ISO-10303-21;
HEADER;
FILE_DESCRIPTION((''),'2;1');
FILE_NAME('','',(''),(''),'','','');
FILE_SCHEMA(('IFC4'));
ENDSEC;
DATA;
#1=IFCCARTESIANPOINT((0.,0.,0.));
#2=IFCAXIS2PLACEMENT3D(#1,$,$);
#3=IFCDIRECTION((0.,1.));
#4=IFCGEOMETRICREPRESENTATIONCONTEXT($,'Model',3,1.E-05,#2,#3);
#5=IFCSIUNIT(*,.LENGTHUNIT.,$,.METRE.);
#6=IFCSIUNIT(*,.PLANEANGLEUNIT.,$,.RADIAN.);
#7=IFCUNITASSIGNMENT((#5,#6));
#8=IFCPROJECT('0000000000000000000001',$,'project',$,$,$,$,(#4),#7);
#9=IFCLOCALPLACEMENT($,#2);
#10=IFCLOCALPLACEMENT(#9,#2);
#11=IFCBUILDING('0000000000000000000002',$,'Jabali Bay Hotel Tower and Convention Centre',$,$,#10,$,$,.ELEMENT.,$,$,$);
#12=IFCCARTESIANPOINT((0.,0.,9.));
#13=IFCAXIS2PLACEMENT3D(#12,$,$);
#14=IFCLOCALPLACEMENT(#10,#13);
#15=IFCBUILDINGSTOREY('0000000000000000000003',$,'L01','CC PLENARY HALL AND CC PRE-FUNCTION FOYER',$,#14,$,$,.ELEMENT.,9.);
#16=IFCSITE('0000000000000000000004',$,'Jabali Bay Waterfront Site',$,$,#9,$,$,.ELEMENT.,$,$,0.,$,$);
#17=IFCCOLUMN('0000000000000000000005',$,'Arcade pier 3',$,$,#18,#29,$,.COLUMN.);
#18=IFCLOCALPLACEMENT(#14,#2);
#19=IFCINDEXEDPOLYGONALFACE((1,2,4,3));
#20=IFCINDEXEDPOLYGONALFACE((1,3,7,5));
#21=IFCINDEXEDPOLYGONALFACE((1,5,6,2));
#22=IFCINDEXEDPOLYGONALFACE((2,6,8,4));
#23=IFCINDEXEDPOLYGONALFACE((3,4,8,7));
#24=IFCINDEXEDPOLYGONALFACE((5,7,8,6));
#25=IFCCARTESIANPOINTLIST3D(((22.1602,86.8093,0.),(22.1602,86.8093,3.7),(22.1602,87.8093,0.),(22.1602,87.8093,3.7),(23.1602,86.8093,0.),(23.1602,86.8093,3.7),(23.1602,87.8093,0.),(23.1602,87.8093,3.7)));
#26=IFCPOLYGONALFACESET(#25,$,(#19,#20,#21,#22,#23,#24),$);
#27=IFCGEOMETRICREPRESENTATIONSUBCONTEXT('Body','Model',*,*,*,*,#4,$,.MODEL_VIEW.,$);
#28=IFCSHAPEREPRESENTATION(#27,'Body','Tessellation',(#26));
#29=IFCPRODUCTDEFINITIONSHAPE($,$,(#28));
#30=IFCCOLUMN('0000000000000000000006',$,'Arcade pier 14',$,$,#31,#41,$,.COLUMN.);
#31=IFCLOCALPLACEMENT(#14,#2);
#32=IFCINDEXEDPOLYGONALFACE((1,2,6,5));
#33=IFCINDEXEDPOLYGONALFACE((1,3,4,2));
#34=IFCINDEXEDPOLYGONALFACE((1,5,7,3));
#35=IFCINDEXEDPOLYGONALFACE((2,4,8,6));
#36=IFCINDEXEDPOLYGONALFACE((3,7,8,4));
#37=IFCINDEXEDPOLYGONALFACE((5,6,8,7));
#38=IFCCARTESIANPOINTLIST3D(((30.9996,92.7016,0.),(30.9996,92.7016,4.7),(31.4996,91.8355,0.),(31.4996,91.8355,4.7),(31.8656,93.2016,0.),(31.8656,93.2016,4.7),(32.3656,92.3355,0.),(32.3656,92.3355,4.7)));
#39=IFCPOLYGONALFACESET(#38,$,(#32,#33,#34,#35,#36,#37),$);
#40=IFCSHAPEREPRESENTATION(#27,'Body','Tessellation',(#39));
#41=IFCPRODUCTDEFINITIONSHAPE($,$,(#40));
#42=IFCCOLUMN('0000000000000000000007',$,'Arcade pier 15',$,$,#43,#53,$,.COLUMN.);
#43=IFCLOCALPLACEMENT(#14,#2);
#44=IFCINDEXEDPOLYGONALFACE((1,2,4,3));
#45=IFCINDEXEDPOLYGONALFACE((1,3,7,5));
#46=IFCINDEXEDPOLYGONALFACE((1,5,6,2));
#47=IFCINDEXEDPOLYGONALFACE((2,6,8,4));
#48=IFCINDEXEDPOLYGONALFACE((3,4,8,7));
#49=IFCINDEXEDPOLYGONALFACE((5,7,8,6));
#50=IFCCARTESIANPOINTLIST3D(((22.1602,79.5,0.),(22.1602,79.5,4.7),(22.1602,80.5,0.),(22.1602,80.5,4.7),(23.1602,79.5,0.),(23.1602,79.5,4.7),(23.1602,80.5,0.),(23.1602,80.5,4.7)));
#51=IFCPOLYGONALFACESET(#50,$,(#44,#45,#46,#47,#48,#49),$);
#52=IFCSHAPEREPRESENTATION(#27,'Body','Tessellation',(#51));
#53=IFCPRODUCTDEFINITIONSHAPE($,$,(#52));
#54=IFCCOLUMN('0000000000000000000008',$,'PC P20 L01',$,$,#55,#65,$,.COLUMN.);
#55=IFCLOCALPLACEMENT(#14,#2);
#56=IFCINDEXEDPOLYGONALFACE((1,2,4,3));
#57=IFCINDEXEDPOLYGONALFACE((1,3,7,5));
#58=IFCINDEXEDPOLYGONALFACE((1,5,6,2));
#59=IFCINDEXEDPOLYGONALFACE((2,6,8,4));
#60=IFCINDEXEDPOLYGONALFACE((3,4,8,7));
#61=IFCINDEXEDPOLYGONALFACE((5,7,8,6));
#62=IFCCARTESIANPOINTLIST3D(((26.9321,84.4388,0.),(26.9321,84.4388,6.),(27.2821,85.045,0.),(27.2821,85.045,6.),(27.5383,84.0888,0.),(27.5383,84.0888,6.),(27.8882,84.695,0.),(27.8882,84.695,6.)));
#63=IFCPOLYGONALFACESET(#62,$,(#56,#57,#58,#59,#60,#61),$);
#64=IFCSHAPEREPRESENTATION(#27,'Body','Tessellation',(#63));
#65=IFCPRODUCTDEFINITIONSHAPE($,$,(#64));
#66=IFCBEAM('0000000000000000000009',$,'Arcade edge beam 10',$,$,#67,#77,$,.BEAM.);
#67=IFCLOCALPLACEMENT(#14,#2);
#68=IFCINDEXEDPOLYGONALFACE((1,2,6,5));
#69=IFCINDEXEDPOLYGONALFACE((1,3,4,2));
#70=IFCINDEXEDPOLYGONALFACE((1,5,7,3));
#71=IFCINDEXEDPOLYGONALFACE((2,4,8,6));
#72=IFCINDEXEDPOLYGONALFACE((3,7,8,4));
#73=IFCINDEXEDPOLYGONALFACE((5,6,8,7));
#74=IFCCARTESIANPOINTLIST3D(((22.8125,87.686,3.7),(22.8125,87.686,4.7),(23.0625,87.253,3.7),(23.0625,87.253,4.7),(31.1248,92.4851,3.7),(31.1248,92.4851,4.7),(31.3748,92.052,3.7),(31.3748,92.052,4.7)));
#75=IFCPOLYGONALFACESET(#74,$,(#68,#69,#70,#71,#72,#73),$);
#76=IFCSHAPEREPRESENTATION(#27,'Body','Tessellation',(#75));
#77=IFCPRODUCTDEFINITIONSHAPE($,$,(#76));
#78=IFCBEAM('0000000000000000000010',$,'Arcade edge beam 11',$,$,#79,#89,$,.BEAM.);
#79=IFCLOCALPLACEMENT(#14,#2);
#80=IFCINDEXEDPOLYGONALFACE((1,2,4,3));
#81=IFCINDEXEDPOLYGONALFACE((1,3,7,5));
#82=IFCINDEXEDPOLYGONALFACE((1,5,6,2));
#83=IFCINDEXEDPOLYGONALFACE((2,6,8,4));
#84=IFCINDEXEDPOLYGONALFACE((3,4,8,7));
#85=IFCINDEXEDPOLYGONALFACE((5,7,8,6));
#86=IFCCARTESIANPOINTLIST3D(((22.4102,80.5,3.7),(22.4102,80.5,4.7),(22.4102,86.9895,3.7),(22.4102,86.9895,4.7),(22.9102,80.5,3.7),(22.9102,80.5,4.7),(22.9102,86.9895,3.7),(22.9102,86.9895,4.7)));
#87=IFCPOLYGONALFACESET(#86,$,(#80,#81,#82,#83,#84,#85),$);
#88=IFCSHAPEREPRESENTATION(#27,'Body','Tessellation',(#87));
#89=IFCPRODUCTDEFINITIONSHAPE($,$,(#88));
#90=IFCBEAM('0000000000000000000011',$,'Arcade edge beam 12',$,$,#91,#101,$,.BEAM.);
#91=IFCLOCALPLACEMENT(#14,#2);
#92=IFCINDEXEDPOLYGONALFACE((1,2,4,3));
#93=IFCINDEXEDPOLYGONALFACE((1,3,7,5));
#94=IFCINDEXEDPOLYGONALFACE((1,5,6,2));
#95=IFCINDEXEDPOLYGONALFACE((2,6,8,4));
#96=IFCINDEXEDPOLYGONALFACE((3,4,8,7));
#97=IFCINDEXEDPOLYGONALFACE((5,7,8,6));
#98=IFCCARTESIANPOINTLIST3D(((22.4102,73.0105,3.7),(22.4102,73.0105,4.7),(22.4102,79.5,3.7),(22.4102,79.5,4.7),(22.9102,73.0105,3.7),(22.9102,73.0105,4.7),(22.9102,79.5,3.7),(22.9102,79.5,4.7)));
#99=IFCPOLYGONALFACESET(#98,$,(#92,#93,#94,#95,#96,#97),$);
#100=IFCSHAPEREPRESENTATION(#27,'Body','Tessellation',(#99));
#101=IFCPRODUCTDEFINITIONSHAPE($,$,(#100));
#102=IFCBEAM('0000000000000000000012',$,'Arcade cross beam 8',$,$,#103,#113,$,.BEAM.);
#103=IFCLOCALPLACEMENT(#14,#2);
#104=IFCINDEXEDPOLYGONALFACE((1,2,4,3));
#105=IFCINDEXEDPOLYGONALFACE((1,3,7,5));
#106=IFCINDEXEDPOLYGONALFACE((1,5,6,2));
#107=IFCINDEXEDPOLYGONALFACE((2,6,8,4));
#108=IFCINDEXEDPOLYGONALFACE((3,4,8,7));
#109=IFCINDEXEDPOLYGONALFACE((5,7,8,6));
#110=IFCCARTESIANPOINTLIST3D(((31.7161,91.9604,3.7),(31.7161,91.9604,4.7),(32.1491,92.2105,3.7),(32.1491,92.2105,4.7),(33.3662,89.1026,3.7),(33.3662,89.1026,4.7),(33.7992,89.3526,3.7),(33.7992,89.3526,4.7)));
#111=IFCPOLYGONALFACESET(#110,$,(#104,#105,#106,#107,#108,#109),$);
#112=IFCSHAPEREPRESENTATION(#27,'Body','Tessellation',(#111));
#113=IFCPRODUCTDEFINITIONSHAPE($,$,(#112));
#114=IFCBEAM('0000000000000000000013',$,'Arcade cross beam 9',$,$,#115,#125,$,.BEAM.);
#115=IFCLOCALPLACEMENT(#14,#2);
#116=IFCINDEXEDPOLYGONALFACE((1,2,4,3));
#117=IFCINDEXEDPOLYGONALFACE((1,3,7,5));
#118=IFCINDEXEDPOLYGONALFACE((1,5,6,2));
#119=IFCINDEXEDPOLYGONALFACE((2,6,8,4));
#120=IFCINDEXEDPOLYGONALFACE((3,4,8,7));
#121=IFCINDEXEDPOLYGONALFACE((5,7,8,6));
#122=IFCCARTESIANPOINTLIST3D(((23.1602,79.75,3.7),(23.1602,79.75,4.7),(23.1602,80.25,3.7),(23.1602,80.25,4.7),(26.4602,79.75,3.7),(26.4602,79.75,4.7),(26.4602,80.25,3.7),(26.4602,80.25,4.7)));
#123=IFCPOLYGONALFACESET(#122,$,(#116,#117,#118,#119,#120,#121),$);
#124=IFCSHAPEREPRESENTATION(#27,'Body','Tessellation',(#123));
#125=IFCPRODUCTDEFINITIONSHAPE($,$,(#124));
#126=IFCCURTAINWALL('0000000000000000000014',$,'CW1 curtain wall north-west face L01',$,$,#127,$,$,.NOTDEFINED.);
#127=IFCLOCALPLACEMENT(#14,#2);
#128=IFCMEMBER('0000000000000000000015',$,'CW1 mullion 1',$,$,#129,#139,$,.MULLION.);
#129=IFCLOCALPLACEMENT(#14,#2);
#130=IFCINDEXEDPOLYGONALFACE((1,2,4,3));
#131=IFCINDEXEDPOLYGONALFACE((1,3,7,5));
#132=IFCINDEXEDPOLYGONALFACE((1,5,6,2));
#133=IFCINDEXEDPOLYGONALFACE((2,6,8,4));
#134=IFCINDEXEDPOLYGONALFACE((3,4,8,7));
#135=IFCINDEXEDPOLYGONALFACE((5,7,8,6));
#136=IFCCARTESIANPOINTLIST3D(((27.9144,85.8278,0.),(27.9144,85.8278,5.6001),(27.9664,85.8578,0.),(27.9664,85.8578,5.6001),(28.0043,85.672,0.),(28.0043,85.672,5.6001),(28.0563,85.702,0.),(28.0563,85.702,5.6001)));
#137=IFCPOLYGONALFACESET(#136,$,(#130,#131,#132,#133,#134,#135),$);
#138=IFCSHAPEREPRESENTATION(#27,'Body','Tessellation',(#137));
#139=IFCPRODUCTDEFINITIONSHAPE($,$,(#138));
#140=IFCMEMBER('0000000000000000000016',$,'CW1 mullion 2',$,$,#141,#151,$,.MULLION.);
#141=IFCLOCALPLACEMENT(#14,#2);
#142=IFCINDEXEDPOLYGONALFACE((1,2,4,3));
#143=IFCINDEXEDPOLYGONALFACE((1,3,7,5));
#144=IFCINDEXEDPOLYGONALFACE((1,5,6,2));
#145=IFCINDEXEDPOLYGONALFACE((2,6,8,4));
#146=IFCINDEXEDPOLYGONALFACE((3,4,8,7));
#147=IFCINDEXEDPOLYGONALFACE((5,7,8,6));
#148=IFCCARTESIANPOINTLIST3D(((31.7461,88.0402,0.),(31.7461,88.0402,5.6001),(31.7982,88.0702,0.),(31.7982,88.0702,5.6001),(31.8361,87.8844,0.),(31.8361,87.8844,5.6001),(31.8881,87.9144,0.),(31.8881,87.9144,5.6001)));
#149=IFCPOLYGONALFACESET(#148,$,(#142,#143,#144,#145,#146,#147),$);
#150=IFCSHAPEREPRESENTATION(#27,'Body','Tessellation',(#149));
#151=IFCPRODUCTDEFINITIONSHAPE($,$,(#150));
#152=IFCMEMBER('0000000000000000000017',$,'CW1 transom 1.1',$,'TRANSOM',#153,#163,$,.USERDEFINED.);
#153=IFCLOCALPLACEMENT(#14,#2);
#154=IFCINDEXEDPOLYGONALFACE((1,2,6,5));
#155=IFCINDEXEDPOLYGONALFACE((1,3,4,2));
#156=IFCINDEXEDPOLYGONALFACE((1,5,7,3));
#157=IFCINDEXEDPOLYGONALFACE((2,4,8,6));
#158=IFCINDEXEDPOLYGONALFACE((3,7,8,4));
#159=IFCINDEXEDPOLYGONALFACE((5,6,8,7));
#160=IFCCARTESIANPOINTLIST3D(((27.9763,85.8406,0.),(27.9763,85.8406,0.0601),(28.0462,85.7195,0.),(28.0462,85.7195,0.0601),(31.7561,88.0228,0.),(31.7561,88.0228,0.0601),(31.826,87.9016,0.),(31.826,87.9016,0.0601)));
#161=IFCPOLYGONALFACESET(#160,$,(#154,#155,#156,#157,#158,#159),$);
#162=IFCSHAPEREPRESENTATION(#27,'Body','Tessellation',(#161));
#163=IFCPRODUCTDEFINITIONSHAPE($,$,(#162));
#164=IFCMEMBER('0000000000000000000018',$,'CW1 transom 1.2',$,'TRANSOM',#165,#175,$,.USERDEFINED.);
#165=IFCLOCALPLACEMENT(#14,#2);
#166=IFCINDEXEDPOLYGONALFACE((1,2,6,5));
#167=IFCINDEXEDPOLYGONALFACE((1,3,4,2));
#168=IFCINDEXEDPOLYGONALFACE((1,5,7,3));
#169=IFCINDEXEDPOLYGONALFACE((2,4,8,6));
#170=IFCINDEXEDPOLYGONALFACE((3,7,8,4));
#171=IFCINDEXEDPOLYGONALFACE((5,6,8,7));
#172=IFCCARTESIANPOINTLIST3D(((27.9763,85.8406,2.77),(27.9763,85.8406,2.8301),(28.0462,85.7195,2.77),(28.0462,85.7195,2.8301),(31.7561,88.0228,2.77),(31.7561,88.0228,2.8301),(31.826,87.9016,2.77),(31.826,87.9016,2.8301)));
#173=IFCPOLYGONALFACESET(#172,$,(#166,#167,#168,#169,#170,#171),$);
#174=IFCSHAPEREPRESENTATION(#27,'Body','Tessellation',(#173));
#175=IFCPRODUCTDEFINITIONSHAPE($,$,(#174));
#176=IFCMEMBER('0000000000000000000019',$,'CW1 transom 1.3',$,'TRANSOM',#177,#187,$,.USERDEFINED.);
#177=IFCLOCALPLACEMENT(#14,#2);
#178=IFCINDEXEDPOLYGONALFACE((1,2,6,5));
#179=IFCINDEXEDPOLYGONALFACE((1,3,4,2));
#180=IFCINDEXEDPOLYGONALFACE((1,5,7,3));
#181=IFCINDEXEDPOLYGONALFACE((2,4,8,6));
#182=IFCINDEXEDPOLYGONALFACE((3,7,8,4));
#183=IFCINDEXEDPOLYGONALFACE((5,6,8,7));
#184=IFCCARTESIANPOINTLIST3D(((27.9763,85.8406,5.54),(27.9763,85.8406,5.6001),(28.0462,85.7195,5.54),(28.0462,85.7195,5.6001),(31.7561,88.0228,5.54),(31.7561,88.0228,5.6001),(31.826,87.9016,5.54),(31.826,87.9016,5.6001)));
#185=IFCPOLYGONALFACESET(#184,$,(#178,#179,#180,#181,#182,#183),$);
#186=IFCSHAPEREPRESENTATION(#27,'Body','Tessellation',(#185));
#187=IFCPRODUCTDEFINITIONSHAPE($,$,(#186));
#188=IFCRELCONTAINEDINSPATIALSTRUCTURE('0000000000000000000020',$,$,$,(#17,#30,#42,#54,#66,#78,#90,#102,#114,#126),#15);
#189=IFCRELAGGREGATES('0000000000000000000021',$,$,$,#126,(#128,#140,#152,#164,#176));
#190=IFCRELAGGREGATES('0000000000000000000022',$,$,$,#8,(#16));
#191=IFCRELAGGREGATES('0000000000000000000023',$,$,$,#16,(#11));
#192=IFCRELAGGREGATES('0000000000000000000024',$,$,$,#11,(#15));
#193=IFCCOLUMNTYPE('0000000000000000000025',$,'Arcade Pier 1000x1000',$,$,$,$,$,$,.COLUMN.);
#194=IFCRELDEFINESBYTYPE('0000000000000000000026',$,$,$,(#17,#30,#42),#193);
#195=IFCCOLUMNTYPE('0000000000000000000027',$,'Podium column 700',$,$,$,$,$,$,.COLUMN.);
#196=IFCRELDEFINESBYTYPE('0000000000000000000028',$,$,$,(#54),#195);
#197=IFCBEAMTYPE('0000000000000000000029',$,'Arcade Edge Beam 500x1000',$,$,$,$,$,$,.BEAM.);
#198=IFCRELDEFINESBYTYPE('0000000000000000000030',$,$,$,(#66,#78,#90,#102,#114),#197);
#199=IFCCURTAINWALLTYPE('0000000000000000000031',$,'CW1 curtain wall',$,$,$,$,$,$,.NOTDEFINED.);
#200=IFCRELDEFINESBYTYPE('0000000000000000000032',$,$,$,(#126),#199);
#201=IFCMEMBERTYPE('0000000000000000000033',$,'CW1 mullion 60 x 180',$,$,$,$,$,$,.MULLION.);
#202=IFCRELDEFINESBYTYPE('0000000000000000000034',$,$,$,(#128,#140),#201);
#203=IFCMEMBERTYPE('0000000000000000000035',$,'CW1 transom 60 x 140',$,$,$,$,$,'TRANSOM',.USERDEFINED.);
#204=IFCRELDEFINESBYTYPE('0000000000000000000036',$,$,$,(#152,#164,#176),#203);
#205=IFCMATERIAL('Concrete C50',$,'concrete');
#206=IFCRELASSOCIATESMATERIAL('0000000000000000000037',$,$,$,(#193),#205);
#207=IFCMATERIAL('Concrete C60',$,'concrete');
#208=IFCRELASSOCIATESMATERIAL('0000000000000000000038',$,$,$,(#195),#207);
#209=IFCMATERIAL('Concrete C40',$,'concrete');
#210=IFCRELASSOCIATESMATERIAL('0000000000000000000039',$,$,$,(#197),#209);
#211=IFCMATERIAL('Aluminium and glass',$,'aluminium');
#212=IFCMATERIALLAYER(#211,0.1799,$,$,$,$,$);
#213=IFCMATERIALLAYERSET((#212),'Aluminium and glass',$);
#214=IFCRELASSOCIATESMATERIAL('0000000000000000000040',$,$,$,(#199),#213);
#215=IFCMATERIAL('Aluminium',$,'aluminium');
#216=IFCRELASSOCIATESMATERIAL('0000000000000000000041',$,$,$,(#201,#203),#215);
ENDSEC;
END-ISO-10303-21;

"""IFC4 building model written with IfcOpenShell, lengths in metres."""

from ifc_helpers import new_model, si_unit, direction, frame, origin, origin_2d, place, context, subcontext, project, spatial, rectangle, extrude, material, layer, layer_set, material_profile, profile_set, type_object, element, aggregate, save


model = new_model("IFC4")

# Units and contexts
model_context = context("Model", 3, precision=1e-05, world=origin(), true_north=direction((0.0, 1.0)))
body_context = subcontext(model_context, "Body", "Model", "MODEL_VIEW")
ifc_project = project(units=[si_unit("LENGTHUNIT", "METRE"), si_unit("PLANEANGLEUNIT", "RADIAN")], contexts=[model_context])

# Site, building, storey
site_placement = place(None, origin())
site = spatial("IfcSite", under=ifc_project, at=site_placement, Name="Jabali Bay Waterfront Site", CompositionType="ELEMENT", RefElevation=0.0)
building_placement = place(site_placement, origin())
building = spatial("IfcBuilding", under=site, at=building_placement, Name="Jabali Bay Hotel Tower and Convention Centre", CompositionType="ELEMENT")
storey_placement = place(building_placement, frame((0.0, 0.0, 9.0)))
storey = spatial("IfcBuildingStorey", under=building, at=storey_placement, Name="L01", Description="CC PLENARY HALL AND CC PRE-FUNCTION FOYER", CompositionType="ELEMENT", Elevation=9.0)

# Columns
ifc_material_1 = material(Name="Concrete C50", Category="concrete")
ifc_material_profile_1 = material_profile(ifc_material_1, rectangle(XDim=1.0, YDim=1.0, at=origin_2d()), Name="RC 1000x1000")
ifc_profile_set_1 = profile_set([ifc_material_profile_1], Name="Concrete C50")
column_type_1 = type_object("IfcColumnType", Name="Arcade Pier 1000x1000", PredefinedType="COLUMN", material=ifc_profile_set_1)
column_1_placement = place(storey_placement, frame((22.6602, 87.3093, 0.0), z_axis=(0.0, 0.0, 1.0), x_axis=(0.0, -1.0, 0.0)))
element("IfcColumn", 1, at=column_1_placement, inside=storey, type_object=column_type_1, Name="Arcade pier 3", PredefinedType="COLUMN", context=body_context, shape_type="SweptSolid", body=[
    extrude(rectangle(XDim=1.0, YDim=1.0, at=origin_2d()), origin(), (0.0, 0.0, 1.0), 3.7),
])
for number, where, z_axis, x_axis, name in (
    (2, (31.6826, 92.5186, 0.0), (0.0, 0.0, 1.0), (-0.866025, -0.5, 0.0), "Arcade pier 14"),
    (3, (22.6602, 80.0, 0.0), (0.0, 0.0, 1.0), (0.0, -1.0, 0.0), "Arcade pier 15"),
):
    element("IfcColumn", number, at=place(storey_placement, frame(where, z_axis=z_axis, x_axis=x_axis)), inside=storey, type_object=column_type_1, Name=name, PredefinedType="COLUMN", context=body_context, shape_type="SweptSolid", body=[
        extrude(rectangle(XDim=1.0, YDim=1.0, at=origin_2d()), origin(), (0.0, 0.0, 1.0), 4.7),
    ])
ifc_material_2 = material(Name="Concrete C60", Category="concrete")
ifc_material_profile_2 = material_profile(ifc_material_2, rectangle(XDim=0.7, YDim=0.7, at=origin_2d()), Name="Podium column 700")
ifc_profile_set_2 = profile_set([ifc_material_profile_2], Name="Concrete C60")
column_type_2 = type_object("IfcColumnType", Name="Podium column 700", PredefinedType="COLUMN", material=ifc_profile_set_2)
column_2_placement = place(storey_placement, frame((27.4102, 84.5669, 0.0), z_axis=(0.0, 0.0, 1.0), x_axis=(0.5, 0.866025, 0.0)))
element("IfcColumn", 4, at=column_2_placement, inside=storey, type_object=column_type_2, Name="PC P20 L01", PredefinedType="COLUMN", context=body_context, shape_type="SweptSolid", body=[
    extrude(rectangle(XDim=0.7, YDim=0.7, at=origin_2d()), origin(), (0.0, 0.0, 1.0), 6.0),
])

# Beams
ifc_material_3 = material(Name="Concrete C40", Category="concrete")
ifc_material_profile_3 = material_profile(ifc_material_3, rectangle(XDim=0.5, YDim=1.0, at=origin_2d()), Name="RC 500x1000")
ifc_profile_set_3 = profile_set([ifc_material_profile_3], Name="Concrete C40")
beam_type = type_object("IfcBeamType", Name="Arcade Edge Beam 500x1000", PredefinedType="BEAM", material=ifc_profile_set_3)
beam_placement = place(storey_placement, frame((31.2498, 92.2686, 4.2), z_axis=(-0.866026, -0.499999, 0.0), x_axis=(0.499999, -0.866026, 0.0)))
element("IfcBeam", 5, at=beam_placement, inside=storey, type_object=beam_type, Name="Arcade edge beam 10", PredefinedType="BEAM", context=body_context, shape_type="SweptSolid", body=[
    extrude(rectangle(XDim=0.5, YDim=1.0, at=origin_2d()), origin(), (0.0, 0.0, 1.0), 9.5981),
])
for number, where, z_axis, x_axis, name in (
    (6, (22.6602, 86.9895, 4.2), (0.0, -1.0, 0.0), (1.0, 0.0, 0.0), "Arcade edge beam 11"),
    (7, (22.6602, 79.5, 4.2), (0.0, -1.0, 0.0), (1.0, 0.0, 0.0), "Arcade edge beam 12"),
):
    element("IfcBeam", number, at=place(storey_placement, frame(where, z_axis=z_axis, x_axis=x_axis)), inside=storey, type_object=beam_type, Name=name, PredefinedType="BEAM", context=body_context, shape_type="SweptSolid", body=[
        extrude(rectangle(XDim=0.5, YDim=1.0, at=origin_2d()), origin(), (0.0, 0.0, 1.0), 6.4895),
    ])
for number, where, z_axis, x_axis, name in (
    (8, (31.9326, 92.0854, 4.2), (0.50003, -0.866008, 0.0), (0.866008, 0.50003, 0.0), "Arcade cross beam 8"),
    (9, (23.1602, 80.0, 4.2), (1.0, 0.0, 0.0), (0.0, 1.0, 0.0), "Arcade cross beam 9"),
):
    element("IfcBeam", number, at=place(storey_placement, frame(where, z_axis=z_axis, x_axis=x_axis)), inside=storey, type_object=beam_type, Name=name, PredefinedType="BEAM", context=body_context, shape_type="SweptSolid", body=[
        extrude(rectangle(XDim=0.5, YDim=1.0, at=origin_2d()), origin(), (0.0, 0.0, 1.0), 3.3),
    ])

# Curtain wall, members
ifc_material_4 = material(Name="Aluminium and glass", Category="aluminium")
ifc_layer_1 = layer(ifc_material_4, 0.1799)
ifc_layer_set_1 = layer_set([ifc_layer_1], Name="Aluminium and glass")
curtain_wall_type = type_object("IfcCurtainWallType", Name="CW1 curtain wall", PredefinedType="NOTDEFINED", material=ifc_layer_set_1)
curtain_wall_placement = place(storey_placement, origin())
curtain_wall = element("IfcCurtainWall", 10, at=curtain_wall_placement, inside=storey, type_object=curtain_wall_type, Name="CW1 curtain wall north-west face L01", PredefinedType="NOTDEFINED")
ifc_material_5 = material(Name="Aluminium", Category="aluminium")
ifc_material_profile_4 = material_profile(ifc_material_5, rectangle(XDim=0.1799, YDim=0.0601, at=origin_2d()), Name="CW1 mullion 60 x 180")
ifc_profile_set_4 = profile_set([ifc_material_profile_4], Name="Aluminium")
member_type_1 = type_object("IfcMemberType", Name="CW1 mullion 60 x 180", PredefinedType="MULLION", material=ifc_profile_set_4)
member_1_placement = place(storey_placement, frame((27.9854, 85.7649, 0.0), z_axis=(0.0, 0.0, 1.0), x_axis=(-0.5, 0.866025, 0.0)))
member_1 = element("IfcMember", 11, at=member_1_placement, type_object=member_type_1, Name="CW1 mullion 1", PredefinedType="MULLION", context=body_context, shape_type="SweptSolid", body=[
    extrude(rectangle(XDim=0.1799, YDim=0.0601, at=origin_2d()), origin(), (0.0, 0.0, 1.0), 5.6001),
])
member_2_placement = place(storey_placement, frame((31.8171, 87.9773, 0.0), z_axis=(0.0, 0.0, 1.0), x_axis=(-0.5, 0.866025, 0.0)))
member_2 = element("IfcMember", 12, at=member_2_placement, type_object=member_type_1, Name="CW1 mullion 2", PredefinedType="MULLION", context=body_context, shape_type="SweptSolid", body=[
    extrude(rectangle(XDim=0.1799, YDim=0.0601, at=origin_2d()), origin(), (0.0, 0.0, 1.0), 5.6001),
])
ifc_material_profile_5 = material_profile(ifc_material_5, rectangle(XDim=0.1399, YDim=0.0601, at=origin_2d()), Name="CW1 transom 60 x 140")
ifc_profile_set_5 = profile_set([ifc_material_profile_5], Name="Aluminium")
member_type_2 = type_object("IfcMemberType", Name="CW1 transom 60 x 140", ElementType="TRANSOM", PredefinedType="USERDEFINED", material=ifc_profile_set_5)
member_3_placement = place(storey_placement, frame((28.0112, 85.78, 0.03), z_axis=(0.866038, 0.499977, 0.0), x_axis=(-0.499977, 0.866038, 0.0)))
member_3 = element("IfcMember", 13, at=member_3_placement, type_object=member_type_2, Name="CW1 transom 1.1", ObjectType="TRANSOM", PredefinedType="USERDEFINED", context=body_context, shape_type="SweptSolid", body=[
    extrude(rectangle(XDim=0.1399, YDim=0.0601, at=origin_2d()), origin(), (0.0, 0.0, 1.0), 4.3645),
])
member_4_placement = place(storey_placement, frame((28.0112, 85.78, 2.8), z_axis=(0.866038, 0.499977, 0.0), x_axis=(-0.499977, 0.866038, 0.0)))
member_4 = element("IfcMember", 14, at=member_4_placement, type_object=member_type_2, Name="CW1 transom 1.2", ObjectType="TRANSOM", PredefinedType="USERDEFINED", context=body_context, shape_type="SweptSolid", body=[
    extrude(rectangle(XDim=0.1399, YDim=0.0601, at=origin_2d()), origin(), (0.0, 0.0, 1.0), 4.3645),
])
member_5_placement = place(storey_placement, frame((28.0112, 85.78, 5.5701), z_axis=(0.866038, 0.499977, 0.0), x_axis=(-0.499977, 0.866038, 0.0)))
member_5 = element("IfcMember", 15, at=member_5_placement, type_object=member_type_2, Name="CW1 transom 1.3", ObjectType="TRANSOM", PredefinedType="USERDEFINED", context=body_context, shape_type="SweptSolid", body=[
    extrude(rectangle(XDim=0.1399, YDim=0.0601, at=origin_2d()), origin(), (0.0, 0.0, 1.0), 4.3645),
])
aggregate(curtain_wall, [member_1, member_2, member_3, member_4, member_5])

save(model, "model.ifc")
